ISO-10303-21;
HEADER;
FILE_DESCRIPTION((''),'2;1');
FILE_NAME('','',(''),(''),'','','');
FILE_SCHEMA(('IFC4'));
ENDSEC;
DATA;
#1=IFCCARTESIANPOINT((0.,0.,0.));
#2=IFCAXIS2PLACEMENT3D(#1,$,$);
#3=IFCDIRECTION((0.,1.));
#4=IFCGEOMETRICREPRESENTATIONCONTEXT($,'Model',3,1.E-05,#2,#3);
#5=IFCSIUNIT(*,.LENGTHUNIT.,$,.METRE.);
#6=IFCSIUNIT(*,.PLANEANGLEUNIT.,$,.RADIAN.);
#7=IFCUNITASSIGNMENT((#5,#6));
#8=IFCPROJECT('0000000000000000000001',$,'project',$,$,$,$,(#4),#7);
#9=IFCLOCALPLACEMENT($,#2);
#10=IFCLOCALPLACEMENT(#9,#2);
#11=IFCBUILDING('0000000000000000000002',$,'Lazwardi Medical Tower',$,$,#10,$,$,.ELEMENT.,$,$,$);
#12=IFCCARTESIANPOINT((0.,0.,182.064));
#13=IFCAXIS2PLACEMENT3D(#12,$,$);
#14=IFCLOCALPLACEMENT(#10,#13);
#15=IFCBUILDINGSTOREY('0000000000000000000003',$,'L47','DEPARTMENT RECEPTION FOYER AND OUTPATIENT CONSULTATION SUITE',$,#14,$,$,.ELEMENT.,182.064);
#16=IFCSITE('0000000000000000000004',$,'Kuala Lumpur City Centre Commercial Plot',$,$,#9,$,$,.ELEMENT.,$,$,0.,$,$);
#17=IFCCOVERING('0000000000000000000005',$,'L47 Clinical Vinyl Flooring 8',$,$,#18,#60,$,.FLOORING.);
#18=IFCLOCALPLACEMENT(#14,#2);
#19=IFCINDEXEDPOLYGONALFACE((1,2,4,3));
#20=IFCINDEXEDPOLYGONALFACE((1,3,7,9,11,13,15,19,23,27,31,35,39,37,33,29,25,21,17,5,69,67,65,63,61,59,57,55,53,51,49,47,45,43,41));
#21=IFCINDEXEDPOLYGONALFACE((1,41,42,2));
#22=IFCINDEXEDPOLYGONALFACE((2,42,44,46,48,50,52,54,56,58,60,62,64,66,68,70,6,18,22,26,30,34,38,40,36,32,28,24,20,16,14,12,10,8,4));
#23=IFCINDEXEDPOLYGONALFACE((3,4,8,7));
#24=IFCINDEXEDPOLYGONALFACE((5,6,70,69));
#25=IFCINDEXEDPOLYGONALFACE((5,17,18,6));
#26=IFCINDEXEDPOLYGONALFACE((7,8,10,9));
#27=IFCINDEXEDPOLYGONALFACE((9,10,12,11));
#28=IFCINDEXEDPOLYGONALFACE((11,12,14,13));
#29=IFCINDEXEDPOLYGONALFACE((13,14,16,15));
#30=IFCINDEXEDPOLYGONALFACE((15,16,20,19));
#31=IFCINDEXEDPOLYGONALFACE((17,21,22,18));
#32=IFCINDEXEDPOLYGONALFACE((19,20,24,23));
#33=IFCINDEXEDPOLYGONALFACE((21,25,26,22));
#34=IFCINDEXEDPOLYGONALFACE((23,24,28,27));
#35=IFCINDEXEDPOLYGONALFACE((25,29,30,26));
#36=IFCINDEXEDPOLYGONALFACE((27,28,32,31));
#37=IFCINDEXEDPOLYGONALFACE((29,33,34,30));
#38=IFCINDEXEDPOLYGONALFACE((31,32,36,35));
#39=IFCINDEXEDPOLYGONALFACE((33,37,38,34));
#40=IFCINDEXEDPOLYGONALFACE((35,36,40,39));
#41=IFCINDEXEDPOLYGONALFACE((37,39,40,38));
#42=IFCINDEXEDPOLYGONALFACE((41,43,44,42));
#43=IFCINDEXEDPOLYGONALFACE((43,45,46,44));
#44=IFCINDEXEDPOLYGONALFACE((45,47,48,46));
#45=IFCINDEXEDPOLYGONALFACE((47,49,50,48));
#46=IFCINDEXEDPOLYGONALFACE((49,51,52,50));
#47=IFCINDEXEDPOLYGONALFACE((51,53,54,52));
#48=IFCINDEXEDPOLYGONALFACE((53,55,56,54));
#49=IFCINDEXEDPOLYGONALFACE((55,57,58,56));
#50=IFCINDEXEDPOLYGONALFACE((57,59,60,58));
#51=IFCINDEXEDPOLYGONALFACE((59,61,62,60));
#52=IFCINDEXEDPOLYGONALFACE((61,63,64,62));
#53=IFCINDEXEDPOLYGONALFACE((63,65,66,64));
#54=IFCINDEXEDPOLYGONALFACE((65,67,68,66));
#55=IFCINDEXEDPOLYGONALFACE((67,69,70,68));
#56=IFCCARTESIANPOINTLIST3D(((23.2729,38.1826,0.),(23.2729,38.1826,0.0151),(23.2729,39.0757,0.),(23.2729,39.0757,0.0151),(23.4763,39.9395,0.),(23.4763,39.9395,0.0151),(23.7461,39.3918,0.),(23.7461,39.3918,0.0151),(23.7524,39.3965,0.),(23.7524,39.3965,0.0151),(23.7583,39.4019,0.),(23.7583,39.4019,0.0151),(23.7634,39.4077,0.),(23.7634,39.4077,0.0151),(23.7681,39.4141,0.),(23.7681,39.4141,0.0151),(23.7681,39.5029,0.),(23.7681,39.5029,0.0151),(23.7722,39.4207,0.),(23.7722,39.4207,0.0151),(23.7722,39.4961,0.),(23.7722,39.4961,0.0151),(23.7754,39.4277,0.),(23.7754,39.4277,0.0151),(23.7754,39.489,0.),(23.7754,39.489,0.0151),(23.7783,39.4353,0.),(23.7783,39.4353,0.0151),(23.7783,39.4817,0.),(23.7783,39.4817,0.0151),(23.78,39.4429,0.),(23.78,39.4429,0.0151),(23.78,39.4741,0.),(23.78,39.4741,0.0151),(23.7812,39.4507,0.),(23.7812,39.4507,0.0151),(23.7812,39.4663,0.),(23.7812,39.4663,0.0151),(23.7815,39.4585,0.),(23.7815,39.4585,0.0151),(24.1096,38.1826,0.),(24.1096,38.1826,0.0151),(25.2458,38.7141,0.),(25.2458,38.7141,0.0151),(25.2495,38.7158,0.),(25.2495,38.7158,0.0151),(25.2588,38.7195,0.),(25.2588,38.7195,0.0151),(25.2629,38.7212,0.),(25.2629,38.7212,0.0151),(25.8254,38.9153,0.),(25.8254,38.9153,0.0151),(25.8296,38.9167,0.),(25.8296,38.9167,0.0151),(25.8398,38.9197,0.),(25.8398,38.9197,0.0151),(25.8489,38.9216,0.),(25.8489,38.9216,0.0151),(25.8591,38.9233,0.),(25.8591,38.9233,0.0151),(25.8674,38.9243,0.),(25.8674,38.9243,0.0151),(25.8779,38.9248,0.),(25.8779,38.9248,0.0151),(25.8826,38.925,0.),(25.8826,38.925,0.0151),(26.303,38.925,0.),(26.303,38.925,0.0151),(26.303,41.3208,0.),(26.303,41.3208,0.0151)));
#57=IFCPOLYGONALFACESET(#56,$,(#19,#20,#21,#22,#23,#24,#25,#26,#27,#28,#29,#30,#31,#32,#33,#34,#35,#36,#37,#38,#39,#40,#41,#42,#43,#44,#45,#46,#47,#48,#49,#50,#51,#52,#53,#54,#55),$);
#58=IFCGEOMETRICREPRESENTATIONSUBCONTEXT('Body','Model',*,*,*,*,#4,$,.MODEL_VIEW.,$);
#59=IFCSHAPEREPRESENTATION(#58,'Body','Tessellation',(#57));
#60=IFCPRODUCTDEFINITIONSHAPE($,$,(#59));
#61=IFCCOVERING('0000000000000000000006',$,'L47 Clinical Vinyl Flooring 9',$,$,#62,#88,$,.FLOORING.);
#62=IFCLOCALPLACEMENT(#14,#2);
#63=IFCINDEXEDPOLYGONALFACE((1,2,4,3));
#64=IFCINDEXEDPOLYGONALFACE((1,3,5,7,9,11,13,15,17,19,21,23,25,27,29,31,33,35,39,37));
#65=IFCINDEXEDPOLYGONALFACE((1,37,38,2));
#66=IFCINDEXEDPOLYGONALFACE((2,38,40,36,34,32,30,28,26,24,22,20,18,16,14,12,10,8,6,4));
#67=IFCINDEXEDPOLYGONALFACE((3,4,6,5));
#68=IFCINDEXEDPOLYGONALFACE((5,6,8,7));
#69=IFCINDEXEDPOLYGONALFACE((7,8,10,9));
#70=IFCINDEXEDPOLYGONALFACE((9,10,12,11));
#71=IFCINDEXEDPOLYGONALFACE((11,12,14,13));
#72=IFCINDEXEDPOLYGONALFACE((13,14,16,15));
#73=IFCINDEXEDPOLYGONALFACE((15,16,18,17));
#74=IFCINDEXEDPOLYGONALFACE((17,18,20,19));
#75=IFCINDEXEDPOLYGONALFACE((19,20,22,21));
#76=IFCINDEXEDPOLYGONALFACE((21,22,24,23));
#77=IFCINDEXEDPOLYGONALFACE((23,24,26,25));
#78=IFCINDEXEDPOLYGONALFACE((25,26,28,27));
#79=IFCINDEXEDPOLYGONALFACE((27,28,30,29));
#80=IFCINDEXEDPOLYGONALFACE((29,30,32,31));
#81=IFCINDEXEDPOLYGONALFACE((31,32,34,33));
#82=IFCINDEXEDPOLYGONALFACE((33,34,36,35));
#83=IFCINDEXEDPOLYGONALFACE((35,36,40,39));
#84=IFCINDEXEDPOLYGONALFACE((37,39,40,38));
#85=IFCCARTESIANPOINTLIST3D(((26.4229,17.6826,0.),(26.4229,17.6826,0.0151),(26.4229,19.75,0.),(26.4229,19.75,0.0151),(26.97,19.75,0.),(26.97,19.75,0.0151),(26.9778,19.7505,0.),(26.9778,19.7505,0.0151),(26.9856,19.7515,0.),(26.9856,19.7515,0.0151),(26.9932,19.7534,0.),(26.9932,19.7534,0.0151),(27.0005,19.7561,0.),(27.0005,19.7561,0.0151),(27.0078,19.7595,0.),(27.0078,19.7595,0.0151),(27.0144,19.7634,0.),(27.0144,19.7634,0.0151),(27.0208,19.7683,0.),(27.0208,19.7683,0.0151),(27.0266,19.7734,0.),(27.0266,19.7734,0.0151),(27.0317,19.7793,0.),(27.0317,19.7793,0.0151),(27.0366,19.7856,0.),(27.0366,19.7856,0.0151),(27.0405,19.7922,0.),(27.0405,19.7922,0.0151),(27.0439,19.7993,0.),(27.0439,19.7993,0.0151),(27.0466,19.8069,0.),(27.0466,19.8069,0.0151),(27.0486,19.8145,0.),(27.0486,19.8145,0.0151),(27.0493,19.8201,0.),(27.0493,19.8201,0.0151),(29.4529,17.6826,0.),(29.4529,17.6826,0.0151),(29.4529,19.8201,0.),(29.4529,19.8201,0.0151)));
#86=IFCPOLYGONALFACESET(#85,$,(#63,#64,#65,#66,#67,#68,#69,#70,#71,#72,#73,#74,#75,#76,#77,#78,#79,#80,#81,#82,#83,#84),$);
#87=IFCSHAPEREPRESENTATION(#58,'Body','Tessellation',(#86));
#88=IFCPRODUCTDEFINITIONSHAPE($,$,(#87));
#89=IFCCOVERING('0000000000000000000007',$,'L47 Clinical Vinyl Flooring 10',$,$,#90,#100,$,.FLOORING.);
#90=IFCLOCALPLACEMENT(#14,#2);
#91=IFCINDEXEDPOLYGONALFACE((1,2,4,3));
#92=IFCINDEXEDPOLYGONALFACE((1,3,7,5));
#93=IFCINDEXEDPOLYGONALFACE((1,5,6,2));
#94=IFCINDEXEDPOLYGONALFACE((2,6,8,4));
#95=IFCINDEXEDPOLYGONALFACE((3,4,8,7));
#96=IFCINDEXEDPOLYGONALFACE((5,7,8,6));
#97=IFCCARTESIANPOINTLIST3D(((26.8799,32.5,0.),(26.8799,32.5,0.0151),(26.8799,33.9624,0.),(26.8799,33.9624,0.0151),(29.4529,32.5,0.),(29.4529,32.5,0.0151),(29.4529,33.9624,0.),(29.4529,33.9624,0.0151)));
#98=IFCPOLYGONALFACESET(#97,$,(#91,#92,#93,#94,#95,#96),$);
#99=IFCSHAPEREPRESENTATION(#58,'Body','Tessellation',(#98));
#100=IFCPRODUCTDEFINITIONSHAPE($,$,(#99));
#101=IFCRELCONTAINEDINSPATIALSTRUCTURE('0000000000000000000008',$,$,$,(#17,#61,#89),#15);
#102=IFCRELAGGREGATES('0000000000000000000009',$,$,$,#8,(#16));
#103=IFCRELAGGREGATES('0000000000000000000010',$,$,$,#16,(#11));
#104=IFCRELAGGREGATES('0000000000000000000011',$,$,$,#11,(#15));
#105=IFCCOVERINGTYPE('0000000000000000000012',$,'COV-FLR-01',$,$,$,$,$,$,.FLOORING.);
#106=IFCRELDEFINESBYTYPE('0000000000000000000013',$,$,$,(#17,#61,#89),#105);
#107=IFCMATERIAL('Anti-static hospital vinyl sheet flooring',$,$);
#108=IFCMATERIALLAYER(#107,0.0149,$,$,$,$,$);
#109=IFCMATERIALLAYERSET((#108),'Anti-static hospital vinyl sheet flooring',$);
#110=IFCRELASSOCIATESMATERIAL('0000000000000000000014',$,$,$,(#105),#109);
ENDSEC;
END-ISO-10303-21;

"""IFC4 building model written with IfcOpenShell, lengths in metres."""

from ifc_helpers import new_model, si_unit, direction, frame, origin, place, context, subcontext, project, spatial, polyline, outline, extrude, material, layer, layer_set, type_object, element, save


model = new_model("IFC4")

# Units and contexts
model_context = context("Model", 3, precision=1e-05, world=origin(), true_north=direction((0.0, 1.0)))
body_context = subcontext(model_context, "Body", "Model", "MODEL_VIEW")
ifc_project = project(units=[si_unit("LENGTHUNIT", "METRE"), si_unit("PLANEANGLEUNIT", "RADIAN")], contexts=[model_context])

# Site, building, storey
site_placement = place(None, origin())
site = spatial("IfcSite", under=ifc_project, at=site_placement, Name="Kuala Lumpur City Centre Commercial Plot", CompositionType="ELEMENT", RefElevation=0.0)
building_placement = place(site_placement, origin())
building = spatial("IfcBuilding", under=site, at=building_placement, Name="Lazwardi Medical Tower", CompositionType="ELEMENT")
storey_placement = place(building_placement, frame((0.0, 0.0, 182.064)))
storey = spatial("IfcBuildingStorey", under=building, at=storey_placement, Name="L47", Description="DEPARTMENT RECEPTION FOYER AND OUTPATIENT CONSULTATION SUITE", CompositionType="ELEMENT", Elevation=182.064)

# Coverings
ifc_material_1 = material(Name="Anti-static hospital vinyl sheet flooring")
ifc_layer_1 = layer(ifc_material_1, 0.0149)
ifc_layer_set_1 = layer_set([ifc_layer_1], Name="Anti-static hospital vinyl sheet flooring")
covering_type_1 = type_object("IfcCoveringType", Name="COV-FLR-01", PredefinedType="FLOORING", material=ifc_layer_set_1)
covering_1_placement = place(storey_placement, origin())
element("IfcCovering", 1, at=covering_1_placement, inside=storey, type_object=covering_type_1, Name="L47 Clinical Vinyl Flooring 8", PredefinedType="FLOORING", context=body_context, shape_type="SweptSolid", body=[
    extrude(outline(polyline([(26.303, 41.3208), (23.4763, 39.9395), (23.7681, 39.5029), (23.7722, 39.4961), (23.7754, 39.489), (23.7783, 39.4817), (23.78, 39.4741), (23.7812, 39.4663), (23.7815, 39.4585), (23.7812, 39.4507), (23.78, 39.4429), (23.7783, 39.4353), (23.7754, 39.4277), (23.7722, 39.4207), (23.7681, 39.4141), (23.7634, 39.4077), (23.7583, 39.4019), (23.7524, 39.3965), (23.7461, 39.3918), (23.2729, 39.0757), (23.2729, 38.1826), (24.1096, 38.1826), (25.2458, 38.7141), (25.2495, 38.7158), (25.2588, 38.7195), (25.2629, 38.7212), (25.8254, 38.9153), (25.8296, 38.9167), (25.8398, 38.9197), (25.8489, 38.9216), (25.8591, 38.9233), (25.8674, 38.9243), (25.8779, 38.9248), (25.8826, 38.925), (26.303, 38.925), (26.303, 41.3208)])), origin(), (0.0, 0.0, 1.0), 0.0151),
])
covering_2_placement = place(storey_placement, origin())
element("IfcCovering", 2, at=covering_2_placement, inside=storey, type_object=covering_type_1, Name="L47 Clinical Vinyl Flooring 9", PredefinedType="FLOORING", context=body_context, shape_type="SweptSolid", body=[
    extrude(outline(polyline([(29.4529, 19.8201), (27.0493, 19.8201), (27.0486, 19.8145), (27.0466, 19.8069), (27.0439, 19.7993), (27.0405, 19.7922), (27.0366, 19.7856), (27.0317, 19.7793), (27.0266, 19.7734), (27.0208, 19.7683), (27.0144, 19.7634), (27.0078, 19.7595), (27.0005, 19.7561), (26.9932, 19.7534), (26.9856, 19.7515), (26.9778, 19.7505), (26.97, 19.75), (26.4229, 19.75), (26.4229, 17.6826), (29.4529, 17.6826), (29.4529, 19.8201)])), origin(), (0.0, 0.0, 1.0), 0.0151),
])
covering_3_placement = place(storey_placement, origin())
element("IfcCovering", 3, at=covering_3_placement, inside=storey, type_object=covering_type_1, Name="L47 Clinical Vinyl Flooring 10", PredefinedType="FLOORING", context=body_context, shape_type="SweptSolid", body=[
    extrude(outline(polyline([(26.8799, 33.9624), (26.8799, 32.5), (29.4529, 32.5), (29.4529, 33.9624), (26.8799, 33.9624)])), origin(), (0.0, 0.0, 1.0), 0.0151),
])

save(model, "model.ifc")
